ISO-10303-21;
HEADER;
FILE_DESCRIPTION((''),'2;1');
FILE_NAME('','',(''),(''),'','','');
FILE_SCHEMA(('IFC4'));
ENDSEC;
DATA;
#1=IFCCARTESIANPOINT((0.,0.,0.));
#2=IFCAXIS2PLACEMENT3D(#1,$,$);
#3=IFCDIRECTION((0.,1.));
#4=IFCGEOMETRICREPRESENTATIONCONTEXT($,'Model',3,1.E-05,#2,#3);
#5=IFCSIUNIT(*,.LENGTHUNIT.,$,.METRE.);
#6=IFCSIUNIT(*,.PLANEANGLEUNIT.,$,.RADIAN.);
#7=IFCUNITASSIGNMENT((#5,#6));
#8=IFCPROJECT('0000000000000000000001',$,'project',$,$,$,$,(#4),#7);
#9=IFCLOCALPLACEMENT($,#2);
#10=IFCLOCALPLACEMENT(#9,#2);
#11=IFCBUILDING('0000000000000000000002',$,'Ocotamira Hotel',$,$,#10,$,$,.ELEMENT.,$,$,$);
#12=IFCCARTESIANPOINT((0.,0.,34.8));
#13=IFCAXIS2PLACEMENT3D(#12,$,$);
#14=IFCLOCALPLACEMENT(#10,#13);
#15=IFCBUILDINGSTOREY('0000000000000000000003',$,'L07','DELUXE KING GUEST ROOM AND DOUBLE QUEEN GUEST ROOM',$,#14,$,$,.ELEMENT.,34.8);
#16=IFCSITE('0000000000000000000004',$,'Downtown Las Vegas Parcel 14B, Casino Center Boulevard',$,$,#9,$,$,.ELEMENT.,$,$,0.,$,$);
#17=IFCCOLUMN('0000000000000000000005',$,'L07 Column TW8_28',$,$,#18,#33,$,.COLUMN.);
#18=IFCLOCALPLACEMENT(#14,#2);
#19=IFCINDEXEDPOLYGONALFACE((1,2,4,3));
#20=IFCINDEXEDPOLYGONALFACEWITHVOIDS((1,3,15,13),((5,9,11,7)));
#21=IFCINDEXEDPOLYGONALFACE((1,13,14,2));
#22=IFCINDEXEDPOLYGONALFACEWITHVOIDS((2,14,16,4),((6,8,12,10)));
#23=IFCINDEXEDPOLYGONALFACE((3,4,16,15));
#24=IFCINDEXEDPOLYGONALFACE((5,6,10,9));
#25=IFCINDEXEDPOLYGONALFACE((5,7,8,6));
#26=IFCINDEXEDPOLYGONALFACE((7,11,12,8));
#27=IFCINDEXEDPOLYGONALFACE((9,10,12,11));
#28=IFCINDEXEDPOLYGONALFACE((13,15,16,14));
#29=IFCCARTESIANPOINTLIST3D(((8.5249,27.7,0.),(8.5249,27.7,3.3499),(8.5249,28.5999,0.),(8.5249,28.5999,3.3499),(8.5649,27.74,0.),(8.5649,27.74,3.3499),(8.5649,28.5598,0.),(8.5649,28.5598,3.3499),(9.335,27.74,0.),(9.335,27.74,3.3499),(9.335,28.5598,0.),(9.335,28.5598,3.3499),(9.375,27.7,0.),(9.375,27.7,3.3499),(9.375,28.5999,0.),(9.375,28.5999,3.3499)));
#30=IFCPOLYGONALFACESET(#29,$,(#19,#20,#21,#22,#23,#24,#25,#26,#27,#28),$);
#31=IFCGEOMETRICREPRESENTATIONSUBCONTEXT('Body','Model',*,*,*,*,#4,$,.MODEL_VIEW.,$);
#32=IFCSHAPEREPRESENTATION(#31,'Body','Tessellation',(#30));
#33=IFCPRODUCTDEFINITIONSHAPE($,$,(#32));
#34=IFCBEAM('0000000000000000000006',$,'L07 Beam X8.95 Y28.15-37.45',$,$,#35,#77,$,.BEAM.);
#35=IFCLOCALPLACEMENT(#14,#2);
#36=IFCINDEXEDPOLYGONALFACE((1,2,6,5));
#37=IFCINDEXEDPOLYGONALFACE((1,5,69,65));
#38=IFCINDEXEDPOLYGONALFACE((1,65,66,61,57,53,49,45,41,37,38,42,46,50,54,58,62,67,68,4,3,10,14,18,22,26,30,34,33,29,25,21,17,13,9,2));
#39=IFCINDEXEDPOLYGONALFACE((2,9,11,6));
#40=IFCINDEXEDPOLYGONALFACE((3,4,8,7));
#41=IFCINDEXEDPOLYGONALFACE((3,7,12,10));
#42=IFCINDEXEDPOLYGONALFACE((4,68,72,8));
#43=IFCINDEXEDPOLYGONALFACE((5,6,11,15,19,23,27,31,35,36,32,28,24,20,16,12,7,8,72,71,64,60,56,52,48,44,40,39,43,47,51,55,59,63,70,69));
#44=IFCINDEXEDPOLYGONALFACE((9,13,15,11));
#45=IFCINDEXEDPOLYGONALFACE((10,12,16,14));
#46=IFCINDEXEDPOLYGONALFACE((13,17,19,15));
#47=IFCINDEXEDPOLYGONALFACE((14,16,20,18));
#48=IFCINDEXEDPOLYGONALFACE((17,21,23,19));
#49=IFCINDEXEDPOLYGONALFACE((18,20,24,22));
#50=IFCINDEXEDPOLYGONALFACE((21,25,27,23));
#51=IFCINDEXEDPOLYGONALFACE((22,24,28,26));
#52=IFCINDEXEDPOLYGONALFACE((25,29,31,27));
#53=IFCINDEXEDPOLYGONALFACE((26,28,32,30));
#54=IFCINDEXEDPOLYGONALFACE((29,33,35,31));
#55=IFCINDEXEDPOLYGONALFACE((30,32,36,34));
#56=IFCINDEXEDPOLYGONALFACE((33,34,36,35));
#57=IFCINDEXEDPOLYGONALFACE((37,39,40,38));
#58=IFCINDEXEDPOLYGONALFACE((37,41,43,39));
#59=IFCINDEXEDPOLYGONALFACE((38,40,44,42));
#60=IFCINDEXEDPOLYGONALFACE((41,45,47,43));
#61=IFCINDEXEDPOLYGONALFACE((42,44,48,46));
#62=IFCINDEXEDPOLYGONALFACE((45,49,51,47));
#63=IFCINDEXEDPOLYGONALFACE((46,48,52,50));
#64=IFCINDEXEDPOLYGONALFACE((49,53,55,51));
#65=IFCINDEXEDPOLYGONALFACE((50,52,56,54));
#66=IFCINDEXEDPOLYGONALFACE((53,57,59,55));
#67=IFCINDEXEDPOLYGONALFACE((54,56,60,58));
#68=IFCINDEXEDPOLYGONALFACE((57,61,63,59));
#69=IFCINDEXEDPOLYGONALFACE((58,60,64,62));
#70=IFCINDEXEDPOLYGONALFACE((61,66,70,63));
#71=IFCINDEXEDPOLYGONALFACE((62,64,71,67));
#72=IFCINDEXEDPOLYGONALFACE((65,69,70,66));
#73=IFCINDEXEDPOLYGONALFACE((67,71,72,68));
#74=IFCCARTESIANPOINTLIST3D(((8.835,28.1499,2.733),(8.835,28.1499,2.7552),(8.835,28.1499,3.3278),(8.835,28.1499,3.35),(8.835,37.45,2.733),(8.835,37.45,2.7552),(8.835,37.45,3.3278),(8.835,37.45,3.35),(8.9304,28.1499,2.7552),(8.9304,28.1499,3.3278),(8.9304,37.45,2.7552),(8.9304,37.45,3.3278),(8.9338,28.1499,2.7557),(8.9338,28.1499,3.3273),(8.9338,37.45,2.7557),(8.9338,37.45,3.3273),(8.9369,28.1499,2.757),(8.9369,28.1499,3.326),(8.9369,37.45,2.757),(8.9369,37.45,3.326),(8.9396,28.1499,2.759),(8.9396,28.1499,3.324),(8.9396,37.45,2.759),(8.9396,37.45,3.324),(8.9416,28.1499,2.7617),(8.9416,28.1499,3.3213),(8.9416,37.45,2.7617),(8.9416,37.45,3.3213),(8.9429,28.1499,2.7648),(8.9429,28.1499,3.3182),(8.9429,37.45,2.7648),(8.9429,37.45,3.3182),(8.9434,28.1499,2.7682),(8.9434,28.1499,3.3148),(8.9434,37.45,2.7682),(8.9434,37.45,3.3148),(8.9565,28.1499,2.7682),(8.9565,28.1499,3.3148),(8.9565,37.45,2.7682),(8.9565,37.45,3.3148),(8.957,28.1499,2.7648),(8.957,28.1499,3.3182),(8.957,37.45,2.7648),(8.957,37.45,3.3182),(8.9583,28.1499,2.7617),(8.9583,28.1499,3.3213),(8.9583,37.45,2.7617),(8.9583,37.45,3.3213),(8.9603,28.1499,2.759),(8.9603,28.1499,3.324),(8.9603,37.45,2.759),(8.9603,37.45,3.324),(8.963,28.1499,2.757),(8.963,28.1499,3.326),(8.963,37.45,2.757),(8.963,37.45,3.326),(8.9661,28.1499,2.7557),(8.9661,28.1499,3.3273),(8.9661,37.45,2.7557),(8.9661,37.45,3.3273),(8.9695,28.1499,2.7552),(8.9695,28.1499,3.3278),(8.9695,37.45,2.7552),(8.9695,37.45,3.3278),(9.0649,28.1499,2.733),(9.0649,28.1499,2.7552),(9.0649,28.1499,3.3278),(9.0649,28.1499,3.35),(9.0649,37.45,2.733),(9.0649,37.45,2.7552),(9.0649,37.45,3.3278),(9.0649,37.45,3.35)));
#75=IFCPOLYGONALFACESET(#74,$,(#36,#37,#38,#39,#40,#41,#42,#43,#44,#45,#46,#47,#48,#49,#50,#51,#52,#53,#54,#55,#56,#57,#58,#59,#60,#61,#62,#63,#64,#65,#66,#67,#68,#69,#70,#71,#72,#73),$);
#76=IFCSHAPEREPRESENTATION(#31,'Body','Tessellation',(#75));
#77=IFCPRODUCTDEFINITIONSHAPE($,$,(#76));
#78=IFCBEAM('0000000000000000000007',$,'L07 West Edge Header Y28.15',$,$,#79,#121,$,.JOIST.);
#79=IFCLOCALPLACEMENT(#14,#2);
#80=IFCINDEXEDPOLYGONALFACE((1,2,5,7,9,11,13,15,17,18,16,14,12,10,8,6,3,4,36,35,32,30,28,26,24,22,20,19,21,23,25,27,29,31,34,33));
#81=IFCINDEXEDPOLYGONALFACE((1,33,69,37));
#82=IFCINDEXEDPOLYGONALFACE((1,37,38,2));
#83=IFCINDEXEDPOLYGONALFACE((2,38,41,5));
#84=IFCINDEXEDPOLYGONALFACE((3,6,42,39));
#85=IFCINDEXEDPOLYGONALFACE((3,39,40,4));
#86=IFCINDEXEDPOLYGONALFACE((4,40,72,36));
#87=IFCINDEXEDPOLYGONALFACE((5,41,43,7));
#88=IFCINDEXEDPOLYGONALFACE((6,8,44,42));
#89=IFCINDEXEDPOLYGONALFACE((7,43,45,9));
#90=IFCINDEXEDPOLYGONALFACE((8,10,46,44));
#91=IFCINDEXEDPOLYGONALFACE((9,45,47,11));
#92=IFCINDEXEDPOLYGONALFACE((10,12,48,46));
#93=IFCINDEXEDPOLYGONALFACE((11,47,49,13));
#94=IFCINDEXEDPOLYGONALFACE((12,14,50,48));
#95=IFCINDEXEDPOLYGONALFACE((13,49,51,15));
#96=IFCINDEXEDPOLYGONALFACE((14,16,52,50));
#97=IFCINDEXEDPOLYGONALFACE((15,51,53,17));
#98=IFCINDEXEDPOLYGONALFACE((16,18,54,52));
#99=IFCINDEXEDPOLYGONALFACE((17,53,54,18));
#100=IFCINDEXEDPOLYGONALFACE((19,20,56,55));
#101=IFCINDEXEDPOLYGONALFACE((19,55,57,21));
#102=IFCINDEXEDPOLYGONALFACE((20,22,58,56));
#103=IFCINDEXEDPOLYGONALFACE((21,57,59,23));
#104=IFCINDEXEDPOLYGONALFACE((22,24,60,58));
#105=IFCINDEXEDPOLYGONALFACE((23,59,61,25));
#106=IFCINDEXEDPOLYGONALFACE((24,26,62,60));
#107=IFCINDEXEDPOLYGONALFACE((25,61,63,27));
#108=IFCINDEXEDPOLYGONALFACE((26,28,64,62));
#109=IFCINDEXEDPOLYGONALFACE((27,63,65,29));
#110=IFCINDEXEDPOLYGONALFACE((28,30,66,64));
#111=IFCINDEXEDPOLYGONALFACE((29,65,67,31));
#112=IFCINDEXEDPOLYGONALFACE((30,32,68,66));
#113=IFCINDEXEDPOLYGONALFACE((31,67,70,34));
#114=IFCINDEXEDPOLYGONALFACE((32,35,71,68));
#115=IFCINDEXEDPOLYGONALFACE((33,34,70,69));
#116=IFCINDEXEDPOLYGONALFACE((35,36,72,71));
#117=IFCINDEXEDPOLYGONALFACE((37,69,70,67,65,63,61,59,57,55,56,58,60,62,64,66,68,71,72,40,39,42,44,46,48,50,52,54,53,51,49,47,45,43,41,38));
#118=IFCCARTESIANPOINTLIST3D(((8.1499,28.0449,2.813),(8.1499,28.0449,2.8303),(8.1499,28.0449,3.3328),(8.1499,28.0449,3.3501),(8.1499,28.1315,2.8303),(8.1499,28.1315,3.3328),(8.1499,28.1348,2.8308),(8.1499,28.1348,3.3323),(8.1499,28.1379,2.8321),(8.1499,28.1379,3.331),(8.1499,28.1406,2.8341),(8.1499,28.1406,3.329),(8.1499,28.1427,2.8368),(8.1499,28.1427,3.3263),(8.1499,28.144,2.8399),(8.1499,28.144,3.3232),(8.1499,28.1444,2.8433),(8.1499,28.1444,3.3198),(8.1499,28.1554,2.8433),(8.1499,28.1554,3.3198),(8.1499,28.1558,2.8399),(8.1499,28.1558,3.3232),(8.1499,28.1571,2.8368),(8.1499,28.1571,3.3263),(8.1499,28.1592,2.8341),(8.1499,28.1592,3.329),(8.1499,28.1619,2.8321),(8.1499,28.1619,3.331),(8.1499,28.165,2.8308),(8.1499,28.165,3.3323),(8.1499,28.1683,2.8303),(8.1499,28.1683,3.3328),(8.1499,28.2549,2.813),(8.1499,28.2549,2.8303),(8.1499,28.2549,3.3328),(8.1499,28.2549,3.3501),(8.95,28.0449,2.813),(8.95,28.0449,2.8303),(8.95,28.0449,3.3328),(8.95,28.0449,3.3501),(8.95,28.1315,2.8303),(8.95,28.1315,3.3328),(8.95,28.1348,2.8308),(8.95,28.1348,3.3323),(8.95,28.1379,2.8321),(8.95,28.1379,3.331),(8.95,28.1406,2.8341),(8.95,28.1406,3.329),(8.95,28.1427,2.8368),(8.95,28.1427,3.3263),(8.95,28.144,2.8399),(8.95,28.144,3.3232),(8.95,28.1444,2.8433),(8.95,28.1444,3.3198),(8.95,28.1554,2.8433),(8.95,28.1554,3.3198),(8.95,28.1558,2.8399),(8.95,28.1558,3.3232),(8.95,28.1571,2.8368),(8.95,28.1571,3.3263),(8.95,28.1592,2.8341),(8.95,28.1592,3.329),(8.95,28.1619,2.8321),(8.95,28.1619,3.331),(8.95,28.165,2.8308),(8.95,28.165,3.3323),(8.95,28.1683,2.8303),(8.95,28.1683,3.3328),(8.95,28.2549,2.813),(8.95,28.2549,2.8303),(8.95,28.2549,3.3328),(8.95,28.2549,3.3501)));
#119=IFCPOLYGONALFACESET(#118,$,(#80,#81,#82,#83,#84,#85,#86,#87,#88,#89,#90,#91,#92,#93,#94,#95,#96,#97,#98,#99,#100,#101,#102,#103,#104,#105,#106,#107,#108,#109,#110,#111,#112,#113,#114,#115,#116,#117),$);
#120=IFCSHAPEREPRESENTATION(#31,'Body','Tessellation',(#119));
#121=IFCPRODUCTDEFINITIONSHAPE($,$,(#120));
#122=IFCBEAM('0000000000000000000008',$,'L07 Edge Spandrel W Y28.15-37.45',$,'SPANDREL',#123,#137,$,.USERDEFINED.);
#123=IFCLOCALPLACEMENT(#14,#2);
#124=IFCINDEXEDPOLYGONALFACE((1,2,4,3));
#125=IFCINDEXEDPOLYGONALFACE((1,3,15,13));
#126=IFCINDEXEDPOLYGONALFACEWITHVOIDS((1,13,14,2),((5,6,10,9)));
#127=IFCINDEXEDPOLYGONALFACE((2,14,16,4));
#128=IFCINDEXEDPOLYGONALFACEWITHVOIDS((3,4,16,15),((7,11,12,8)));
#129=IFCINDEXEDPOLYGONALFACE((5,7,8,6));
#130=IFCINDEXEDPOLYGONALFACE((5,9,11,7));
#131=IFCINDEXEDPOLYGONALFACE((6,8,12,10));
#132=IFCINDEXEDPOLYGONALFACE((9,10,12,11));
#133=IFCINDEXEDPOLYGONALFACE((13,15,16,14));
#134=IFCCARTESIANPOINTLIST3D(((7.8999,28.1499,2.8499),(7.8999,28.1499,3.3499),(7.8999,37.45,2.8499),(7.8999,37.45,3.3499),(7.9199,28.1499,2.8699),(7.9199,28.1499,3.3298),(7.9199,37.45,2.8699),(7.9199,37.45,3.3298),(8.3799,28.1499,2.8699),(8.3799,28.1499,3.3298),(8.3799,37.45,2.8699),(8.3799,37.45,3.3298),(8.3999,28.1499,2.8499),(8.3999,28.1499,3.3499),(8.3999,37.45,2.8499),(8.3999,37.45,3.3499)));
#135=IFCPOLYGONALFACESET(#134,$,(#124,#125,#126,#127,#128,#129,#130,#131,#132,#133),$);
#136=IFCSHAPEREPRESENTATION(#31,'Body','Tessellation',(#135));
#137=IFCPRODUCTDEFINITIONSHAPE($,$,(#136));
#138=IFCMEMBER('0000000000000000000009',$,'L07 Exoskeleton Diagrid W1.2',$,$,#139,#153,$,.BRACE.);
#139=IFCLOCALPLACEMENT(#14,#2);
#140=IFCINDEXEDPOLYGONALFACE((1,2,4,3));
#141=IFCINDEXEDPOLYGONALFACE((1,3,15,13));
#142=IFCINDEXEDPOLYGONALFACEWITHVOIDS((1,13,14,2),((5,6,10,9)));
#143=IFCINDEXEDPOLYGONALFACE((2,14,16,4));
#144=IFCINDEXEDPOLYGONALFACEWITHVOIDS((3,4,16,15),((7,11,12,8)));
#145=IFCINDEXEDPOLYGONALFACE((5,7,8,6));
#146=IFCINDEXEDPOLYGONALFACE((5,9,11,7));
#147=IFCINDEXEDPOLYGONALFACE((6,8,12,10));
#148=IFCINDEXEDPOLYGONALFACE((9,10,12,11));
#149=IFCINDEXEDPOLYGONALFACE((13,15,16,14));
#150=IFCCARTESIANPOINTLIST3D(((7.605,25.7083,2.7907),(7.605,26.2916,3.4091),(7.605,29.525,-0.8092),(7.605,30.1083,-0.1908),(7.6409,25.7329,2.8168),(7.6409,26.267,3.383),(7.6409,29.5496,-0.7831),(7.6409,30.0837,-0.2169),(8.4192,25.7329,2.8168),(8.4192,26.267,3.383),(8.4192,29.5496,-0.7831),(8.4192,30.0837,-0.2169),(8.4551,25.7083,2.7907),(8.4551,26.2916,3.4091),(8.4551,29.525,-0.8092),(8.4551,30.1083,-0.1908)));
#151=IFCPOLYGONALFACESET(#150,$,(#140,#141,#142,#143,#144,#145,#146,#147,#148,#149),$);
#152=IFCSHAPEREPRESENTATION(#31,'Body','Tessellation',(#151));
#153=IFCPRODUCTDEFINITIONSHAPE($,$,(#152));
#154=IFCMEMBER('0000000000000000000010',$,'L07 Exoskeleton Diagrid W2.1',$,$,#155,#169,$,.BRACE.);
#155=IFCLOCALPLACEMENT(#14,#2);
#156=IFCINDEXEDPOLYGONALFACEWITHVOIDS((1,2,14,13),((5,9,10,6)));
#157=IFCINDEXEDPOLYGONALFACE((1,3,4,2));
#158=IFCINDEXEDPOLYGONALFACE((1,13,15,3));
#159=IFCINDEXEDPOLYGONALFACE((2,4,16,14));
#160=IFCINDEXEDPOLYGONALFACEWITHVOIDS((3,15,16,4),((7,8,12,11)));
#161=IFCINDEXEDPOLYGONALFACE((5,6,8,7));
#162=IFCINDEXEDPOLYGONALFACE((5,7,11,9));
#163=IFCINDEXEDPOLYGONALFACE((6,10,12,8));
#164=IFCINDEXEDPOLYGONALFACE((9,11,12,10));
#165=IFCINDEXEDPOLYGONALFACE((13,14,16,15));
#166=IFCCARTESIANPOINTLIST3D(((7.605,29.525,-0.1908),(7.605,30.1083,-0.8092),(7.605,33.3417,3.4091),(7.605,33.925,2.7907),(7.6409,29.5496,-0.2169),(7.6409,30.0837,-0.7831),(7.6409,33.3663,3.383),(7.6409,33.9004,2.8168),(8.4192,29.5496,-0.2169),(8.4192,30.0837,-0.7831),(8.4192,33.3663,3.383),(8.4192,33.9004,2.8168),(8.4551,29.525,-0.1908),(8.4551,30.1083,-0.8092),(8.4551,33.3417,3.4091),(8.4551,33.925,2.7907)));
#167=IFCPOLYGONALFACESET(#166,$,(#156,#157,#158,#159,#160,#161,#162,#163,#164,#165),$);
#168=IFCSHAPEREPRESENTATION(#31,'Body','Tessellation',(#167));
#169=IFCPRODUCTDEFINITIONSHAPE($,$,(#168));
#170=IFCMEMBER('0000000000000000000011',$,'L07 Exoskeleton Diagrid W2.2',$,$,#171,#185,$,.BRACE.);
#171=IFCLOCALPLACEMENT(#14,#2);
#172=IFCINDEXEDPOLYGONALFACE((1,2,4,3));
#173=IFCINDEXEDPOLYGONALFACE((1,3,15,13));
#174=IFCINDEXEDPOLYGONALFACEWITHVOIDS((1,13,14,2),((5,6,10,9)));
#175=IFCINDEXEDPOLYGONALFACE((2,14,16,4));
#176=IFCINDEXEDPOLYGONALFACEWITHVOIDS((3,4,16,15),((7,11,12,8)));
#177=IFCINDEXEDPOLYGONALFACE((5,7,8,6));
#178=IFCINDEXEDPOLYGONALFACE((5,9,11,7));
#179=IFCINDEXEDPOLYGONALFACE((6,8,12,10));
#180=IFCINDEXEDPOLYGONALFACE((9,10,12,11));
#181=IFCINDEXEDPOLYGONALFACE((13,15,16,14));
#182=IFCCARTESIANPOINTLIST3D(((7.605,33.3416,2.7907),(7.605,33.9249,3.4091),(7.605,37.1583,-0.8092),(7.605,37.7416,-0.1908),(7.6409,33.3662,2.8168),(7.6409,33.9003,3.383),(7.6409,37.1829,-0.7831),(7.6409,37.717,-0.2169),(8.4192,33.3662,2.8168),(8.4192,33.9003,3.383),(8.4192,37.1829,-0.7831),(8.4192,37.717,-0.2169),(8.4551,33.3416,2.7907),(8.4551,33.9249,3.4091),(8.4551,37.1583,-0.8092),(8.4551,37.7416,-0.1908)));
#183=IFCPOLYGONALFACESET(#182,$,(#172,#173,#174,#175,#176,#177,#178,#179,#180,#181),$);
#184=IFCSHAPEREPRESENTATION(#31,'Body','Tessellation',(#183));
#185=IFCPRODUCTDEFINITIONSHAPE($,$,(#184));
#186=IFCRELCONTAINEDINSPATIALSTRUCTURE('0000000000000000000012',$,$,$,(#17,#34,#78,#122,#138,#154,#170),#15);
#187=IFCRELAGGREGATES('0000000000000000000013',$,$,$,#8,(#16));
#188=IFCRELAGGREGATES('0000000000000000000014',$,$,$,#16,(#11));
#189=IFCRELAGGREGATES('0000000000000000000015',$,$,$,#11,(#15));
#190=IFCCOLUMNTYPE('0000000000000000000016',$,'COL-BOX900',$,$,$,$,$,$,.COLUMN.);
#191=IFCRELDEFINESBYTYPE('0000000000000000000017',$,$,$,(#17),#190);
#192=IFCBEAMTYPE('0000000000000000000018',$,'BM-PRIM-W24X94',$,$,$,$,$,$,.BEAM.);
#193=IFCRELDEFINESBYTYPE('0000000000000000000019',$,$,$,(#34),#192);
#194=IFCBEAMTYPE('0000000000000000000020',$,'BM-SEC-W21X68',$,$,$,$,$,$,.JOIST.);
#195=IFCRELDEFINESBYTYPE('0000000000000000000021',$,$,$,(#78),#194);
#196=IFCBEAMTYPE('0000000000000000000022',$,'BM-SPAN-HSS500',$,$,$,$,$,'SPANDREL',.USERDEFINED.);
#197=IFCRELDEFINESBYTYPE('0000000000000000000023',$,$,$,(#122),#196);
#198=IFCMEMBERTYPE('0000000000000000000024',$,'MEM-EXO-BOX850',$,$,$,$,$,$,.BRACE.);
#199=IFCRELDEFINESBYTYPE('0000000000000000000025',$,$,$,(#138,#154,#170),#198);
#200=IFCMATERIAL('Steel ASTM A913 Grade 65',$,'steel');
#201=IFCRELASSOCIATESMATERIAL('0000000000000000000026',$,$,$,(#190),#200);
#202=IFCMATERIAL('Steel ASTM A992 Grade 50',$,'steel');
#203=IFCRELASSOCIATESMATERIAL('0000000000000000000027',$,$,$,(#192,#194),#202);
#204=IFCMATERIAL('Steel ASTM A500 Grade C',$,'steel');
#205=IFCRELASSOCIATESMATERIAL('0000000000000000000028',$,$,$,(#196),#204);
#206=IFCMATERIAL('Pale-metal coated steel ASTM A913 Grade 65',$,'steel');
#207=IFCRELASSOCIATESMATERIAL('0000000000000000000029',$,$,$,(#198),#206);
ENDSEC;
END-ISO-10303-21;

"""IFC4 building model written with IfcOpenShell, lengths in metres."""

from ifc_helpers import new_model, si_unit, direction, frame, origin, origin_2d, place, context, subcontext, project, spatial, hollow_rectangle, i_section, extrude, source, transform, mapped, material, material_profile, profile_set, type_object, element, save


model = new_model("IFC4")

# Units and contexts
model_context = context("Model", 3, precision=1e-05, world=origin(), true_north=direction((0.0, 1.0)))
body_context = subcontext(model_context, "Body", "Model", "MODEL_VIEW")
ifc_project = project(units=[si_unit("LENGTHUNIT", "METRE"), si_unit("PLANEANGLEUNIT", "RADIAN")], contexts=[model_context])

# Site, building, storey
site_placement = place(None, origin())
site = spatial("IfcSite", under=ifc_project, at=site_placement, Name="Downtown Las Vegas Parcel 14B, Casino Center Boulevard", CompositionType="ELEMENT", RefElevation=0.0)
building_placement = place(site_placement, origin())
building = spatial("IfcBuilding", under=site, at=building_placement, Name="Ocotamira Hotel", CompositionType="ELEMENT")
storey_placement = place(building_placement, frame((0.0, 0.0, 34.8)))
storey = spatial("IfcBuildingStorey", under=building, at=storey_placement, Name="L07", Description="DELUXE KING GUEST ROOM AND DOUBLE QUEEN GUEST ROOM", CompositionType="ELEMENT", Elevation=34.8)

# Column
ifc_material_1 = material(Name="Steel ASTM A913 Grade 65", Category="steel")
ifc_material_profile_1 = material_profile(ifc_material_1, hollow_rectangle(XDim=0.8501, YDim=0.8999, WallThickness=0.04, at=origin_2d()), Name="BOX900X850X40")
ifc_profile_set_1 = profile_set([ifc_material_profile_1], Name="Steel ASTM A913 Grade 65")
column_type = type_object("IfcColumnType", Name="COL-BOX900", PredefinedType="COLUMN", material=ifc_profile_set_1)
shared_shape_1 = source(origin(), body_context, "Body", "SweptSolid", [
    extrude(hollow_rectangle(XDim=0.8501, YDim=0.8999, WallThickness=0.04, at=origin_2d()), origin(), (0.0, 0.0, 1.0), 3.3499),
])
column_placement = place(storey_placement, frame((8.95, 28.1499, 0.0), z_axis=(0.0, 0.0, 1.0), x_axis=(1.0, 0.0, 0.0)))
element("IfcColumn", 1, at=column_placement, inside=storey, type_object=column_type, Name="L07 Column TW8_28", PredefinedType="COLUMN", context=body_context, shape_type="MappedRepresentation", body=[
    mapped(shared_shape_1, transform((0.0, 0.0, 0.0), scale=1.0)),
])

# Beams
ifc_material_2 = material(Name="Steel ASTM A992 Grade 50", Category="steel")
ifc_material_profile_2 = material_profile(ifc_material_2, i_section(OverallWidth=0.23, OverallDepth=0.6169, WebThickness=0.0132, FlangeThickness=0.0222, FilletRadius=0.0129, at=origin_2d()), Name="W24X94")
ifc_profile_set_2 = profile_set([ifc_material_profile_2], Name="Steel ASTM A992 Grade 50")
beam_type_1 = type_object("IfcBeamType", Name="BM-PRIM-W24X94", PredefinedType="BEAM", material=ifc_profile_set_2)
shared_shape_2 = source(origin(), body_context, "Body", "SweptSolid", [
    extrude(i_section(OverallWidth=0.23, OverallDepth=0.6169, WebThickness=0.0132, FlangeThickness=0.0222, FilletRadius=0.0129, at=origin_2d()), origin(), (0.0, 0.0, 1.0), 9.3),
])
beam_1_placement = place(storey_placement, frame((8.95, 28.1499, 3.0415), z_axis=(0.0, 1.0, 0.0), x_axis=(-1.0, 0.0, 0.0)))
element("IfcBeam", 2, at=beam_1_placement, inside=storey, type_object=beam_type_1, Name="L07 Beam X8.95 Y28.15-37.45", PredefinedType="BEAM", context=body_context, shape_type="MappedRepresentation", body=[
    mapped(shared_shape_2, transform((0.0, 0.0, 0.0), scale=1.0)),
])
ifc_material_profile_3 = material_profile(ifc_material_2, i_section(OverallWidth=0.21, OverallDepth=0.5371, WebThickness=0.011, FlangeThickness=0.0173, FilletRadius=0.0129, at=origin_2d()), Name="W21X68")
ifc_profile_set_3 = profile_set([ifc_material_profile_3], Name="Steel ASTM A992 Grade 50")
beam_type_2 = type_object("IfcBeamType", Name="BM-SEC-W21X68", PredefinedType="JOIST", material=ifc_profile_set_3)
shared_shape_3 = source(origin(), body_context, "Body", "SweptSolid", [
    extrude(i_section(OverallWidth=0.21, OverallDepth=0.5371, WebThickness=0.011, FlangeThickness=0.0173, FilletRadius=0.0129, at=origin_2d()), origin(), (0.0, 0.0, 1.0), 0.8),
])
beam_2_placement = place(storey_placement, frame((8.95, 28.1499, 3.0815), z_axis=(-1.0, 0.0, 0.0), x_axis=(0.0, -1.0, 0.0)))
element("IfcBeam", 3, at=beam_2_placement, inside=storey, type_object=beam_type_2, Name="L07 West Edge Header Y28.15", PredefinedType="JOIST", context=body_context, shape_type="MappedRepresentation", body=[
    mapped(shared_shape_3, transform((0.0, 0.0, 0.0), scale=1.0)),
])
ifc_material_3 = material(Name="Steel ASTM A500 Grade C", Category="steel")
ifc_material_profile_4 = material_profile(ifc_material_3, hollow_rectangle(XDim=0.5, YDim=0.5, WallThickness=0.02, at=origin_2d()), Name="HSS500X500X20")
ifc_profile_set_4 = profile_set([ifc_material_profile_4], Name="Steel ASTM A500 Grade C")
beam_type_3 = type_object("IfcBeamType", Name="BM-SPAN-HSS500", ElementType="SPANDREL", PredefinedType="USERDEFINED", material=ifc_profile_set_4)
shared_shape_4 = source(origin(), body_context, "Body", "SweptSolid", [
    extrude(hollow_rectangle(XDim=0.5, YDim=0.5, WallThickness=0.02, at=origin_2d()), origin(), (0.0, 0.0, 1.0), 9.3),
])
beam_3_placement = place(storey_placement, frame((8.1499, 28.1499, 3.0999), z_axis=(0.0, 1.0, 0.0), x_axis=(-1.0, 0.0, 0.0)))
element("IfcBeam", 4, at=beam_3_placement, inside=storey, type_object=beam_type_3, Name="L07 Edge Spandrel W Y28.15-37.45", ObjectType="SPANDREL", PredefinedType="USERDEFINED", context=body_context, shape_type="MappedRepresentation", body=[
    mapped(shared_shape_4, transform((0.0, 0.0, 0.0), scale=1.0)),
])

# Members
ifc_material_4 = material(Name="Pale-metal coated steel ASTM A913 Grade 65", Category="steel")
ifc_material_profile_5 = material_profile(ifc_material_4, hollow_rectangle(XDim=0.8501, YDim=0.8501, WallThickness=0.0359, at=origin_2d()), Name="BOX850X850X36")
ifc_profile_set_5 = profile_set([ifc_material_profile_5], Name="Pale-metal coated steel ASTM A913 Grade 65")
member_type_1 = type_object("IfcMemberType", Name="MEM-EXO-BOX850", PredefinedType="BRACE", material=ifc_profile_set_5)
shared_shape_5 = source(origin(), body_context, "Body", "SweptSolid", [
    extrude(hollow_rectangle(XDim=0.8501, YDim=0.8501, WallThickness=0.0359, at=origin_2d()), origin(), (0.0, 0.0, 1.0), 5.2466),
])
for number, where, z_axis, x_axis, name in (
    (5, (8.03, 29.8167, -0.5), (0.0, -0.727466, 0.686144), (1.0, 0.0, 0.0), "L07 Exoskeleton Diagrid W1.2"),
    (6, (8.03, 29.8167, -0.5), (0.0, 0.727466, 0.686144), (-1.0, 0.0, 0.0), "L07 Exoskeleton Diagrid W2.1"),
    (7, (8.03, 37.45, -0.5), (0.0, -0.727466, 0.686144), (1.0, 0.0, 0.0), "L07 Exoskeleton Diagrid W2.2"),
):
    element("IfcMember", number, at=place(storey_placement, frame(where, z_axis=z_axis, x_axis=x_axis)), inside=storey, type_object=member_type_1, Name=name, PredefinedType="BRACE", context=body_context, shape_type="MappedRepresentation", body=[
        mapped(shared_shape_5, transform((0.0, 0.0, 0.0), scale=1.0)),
    ])

save(model, "model.ifc")
